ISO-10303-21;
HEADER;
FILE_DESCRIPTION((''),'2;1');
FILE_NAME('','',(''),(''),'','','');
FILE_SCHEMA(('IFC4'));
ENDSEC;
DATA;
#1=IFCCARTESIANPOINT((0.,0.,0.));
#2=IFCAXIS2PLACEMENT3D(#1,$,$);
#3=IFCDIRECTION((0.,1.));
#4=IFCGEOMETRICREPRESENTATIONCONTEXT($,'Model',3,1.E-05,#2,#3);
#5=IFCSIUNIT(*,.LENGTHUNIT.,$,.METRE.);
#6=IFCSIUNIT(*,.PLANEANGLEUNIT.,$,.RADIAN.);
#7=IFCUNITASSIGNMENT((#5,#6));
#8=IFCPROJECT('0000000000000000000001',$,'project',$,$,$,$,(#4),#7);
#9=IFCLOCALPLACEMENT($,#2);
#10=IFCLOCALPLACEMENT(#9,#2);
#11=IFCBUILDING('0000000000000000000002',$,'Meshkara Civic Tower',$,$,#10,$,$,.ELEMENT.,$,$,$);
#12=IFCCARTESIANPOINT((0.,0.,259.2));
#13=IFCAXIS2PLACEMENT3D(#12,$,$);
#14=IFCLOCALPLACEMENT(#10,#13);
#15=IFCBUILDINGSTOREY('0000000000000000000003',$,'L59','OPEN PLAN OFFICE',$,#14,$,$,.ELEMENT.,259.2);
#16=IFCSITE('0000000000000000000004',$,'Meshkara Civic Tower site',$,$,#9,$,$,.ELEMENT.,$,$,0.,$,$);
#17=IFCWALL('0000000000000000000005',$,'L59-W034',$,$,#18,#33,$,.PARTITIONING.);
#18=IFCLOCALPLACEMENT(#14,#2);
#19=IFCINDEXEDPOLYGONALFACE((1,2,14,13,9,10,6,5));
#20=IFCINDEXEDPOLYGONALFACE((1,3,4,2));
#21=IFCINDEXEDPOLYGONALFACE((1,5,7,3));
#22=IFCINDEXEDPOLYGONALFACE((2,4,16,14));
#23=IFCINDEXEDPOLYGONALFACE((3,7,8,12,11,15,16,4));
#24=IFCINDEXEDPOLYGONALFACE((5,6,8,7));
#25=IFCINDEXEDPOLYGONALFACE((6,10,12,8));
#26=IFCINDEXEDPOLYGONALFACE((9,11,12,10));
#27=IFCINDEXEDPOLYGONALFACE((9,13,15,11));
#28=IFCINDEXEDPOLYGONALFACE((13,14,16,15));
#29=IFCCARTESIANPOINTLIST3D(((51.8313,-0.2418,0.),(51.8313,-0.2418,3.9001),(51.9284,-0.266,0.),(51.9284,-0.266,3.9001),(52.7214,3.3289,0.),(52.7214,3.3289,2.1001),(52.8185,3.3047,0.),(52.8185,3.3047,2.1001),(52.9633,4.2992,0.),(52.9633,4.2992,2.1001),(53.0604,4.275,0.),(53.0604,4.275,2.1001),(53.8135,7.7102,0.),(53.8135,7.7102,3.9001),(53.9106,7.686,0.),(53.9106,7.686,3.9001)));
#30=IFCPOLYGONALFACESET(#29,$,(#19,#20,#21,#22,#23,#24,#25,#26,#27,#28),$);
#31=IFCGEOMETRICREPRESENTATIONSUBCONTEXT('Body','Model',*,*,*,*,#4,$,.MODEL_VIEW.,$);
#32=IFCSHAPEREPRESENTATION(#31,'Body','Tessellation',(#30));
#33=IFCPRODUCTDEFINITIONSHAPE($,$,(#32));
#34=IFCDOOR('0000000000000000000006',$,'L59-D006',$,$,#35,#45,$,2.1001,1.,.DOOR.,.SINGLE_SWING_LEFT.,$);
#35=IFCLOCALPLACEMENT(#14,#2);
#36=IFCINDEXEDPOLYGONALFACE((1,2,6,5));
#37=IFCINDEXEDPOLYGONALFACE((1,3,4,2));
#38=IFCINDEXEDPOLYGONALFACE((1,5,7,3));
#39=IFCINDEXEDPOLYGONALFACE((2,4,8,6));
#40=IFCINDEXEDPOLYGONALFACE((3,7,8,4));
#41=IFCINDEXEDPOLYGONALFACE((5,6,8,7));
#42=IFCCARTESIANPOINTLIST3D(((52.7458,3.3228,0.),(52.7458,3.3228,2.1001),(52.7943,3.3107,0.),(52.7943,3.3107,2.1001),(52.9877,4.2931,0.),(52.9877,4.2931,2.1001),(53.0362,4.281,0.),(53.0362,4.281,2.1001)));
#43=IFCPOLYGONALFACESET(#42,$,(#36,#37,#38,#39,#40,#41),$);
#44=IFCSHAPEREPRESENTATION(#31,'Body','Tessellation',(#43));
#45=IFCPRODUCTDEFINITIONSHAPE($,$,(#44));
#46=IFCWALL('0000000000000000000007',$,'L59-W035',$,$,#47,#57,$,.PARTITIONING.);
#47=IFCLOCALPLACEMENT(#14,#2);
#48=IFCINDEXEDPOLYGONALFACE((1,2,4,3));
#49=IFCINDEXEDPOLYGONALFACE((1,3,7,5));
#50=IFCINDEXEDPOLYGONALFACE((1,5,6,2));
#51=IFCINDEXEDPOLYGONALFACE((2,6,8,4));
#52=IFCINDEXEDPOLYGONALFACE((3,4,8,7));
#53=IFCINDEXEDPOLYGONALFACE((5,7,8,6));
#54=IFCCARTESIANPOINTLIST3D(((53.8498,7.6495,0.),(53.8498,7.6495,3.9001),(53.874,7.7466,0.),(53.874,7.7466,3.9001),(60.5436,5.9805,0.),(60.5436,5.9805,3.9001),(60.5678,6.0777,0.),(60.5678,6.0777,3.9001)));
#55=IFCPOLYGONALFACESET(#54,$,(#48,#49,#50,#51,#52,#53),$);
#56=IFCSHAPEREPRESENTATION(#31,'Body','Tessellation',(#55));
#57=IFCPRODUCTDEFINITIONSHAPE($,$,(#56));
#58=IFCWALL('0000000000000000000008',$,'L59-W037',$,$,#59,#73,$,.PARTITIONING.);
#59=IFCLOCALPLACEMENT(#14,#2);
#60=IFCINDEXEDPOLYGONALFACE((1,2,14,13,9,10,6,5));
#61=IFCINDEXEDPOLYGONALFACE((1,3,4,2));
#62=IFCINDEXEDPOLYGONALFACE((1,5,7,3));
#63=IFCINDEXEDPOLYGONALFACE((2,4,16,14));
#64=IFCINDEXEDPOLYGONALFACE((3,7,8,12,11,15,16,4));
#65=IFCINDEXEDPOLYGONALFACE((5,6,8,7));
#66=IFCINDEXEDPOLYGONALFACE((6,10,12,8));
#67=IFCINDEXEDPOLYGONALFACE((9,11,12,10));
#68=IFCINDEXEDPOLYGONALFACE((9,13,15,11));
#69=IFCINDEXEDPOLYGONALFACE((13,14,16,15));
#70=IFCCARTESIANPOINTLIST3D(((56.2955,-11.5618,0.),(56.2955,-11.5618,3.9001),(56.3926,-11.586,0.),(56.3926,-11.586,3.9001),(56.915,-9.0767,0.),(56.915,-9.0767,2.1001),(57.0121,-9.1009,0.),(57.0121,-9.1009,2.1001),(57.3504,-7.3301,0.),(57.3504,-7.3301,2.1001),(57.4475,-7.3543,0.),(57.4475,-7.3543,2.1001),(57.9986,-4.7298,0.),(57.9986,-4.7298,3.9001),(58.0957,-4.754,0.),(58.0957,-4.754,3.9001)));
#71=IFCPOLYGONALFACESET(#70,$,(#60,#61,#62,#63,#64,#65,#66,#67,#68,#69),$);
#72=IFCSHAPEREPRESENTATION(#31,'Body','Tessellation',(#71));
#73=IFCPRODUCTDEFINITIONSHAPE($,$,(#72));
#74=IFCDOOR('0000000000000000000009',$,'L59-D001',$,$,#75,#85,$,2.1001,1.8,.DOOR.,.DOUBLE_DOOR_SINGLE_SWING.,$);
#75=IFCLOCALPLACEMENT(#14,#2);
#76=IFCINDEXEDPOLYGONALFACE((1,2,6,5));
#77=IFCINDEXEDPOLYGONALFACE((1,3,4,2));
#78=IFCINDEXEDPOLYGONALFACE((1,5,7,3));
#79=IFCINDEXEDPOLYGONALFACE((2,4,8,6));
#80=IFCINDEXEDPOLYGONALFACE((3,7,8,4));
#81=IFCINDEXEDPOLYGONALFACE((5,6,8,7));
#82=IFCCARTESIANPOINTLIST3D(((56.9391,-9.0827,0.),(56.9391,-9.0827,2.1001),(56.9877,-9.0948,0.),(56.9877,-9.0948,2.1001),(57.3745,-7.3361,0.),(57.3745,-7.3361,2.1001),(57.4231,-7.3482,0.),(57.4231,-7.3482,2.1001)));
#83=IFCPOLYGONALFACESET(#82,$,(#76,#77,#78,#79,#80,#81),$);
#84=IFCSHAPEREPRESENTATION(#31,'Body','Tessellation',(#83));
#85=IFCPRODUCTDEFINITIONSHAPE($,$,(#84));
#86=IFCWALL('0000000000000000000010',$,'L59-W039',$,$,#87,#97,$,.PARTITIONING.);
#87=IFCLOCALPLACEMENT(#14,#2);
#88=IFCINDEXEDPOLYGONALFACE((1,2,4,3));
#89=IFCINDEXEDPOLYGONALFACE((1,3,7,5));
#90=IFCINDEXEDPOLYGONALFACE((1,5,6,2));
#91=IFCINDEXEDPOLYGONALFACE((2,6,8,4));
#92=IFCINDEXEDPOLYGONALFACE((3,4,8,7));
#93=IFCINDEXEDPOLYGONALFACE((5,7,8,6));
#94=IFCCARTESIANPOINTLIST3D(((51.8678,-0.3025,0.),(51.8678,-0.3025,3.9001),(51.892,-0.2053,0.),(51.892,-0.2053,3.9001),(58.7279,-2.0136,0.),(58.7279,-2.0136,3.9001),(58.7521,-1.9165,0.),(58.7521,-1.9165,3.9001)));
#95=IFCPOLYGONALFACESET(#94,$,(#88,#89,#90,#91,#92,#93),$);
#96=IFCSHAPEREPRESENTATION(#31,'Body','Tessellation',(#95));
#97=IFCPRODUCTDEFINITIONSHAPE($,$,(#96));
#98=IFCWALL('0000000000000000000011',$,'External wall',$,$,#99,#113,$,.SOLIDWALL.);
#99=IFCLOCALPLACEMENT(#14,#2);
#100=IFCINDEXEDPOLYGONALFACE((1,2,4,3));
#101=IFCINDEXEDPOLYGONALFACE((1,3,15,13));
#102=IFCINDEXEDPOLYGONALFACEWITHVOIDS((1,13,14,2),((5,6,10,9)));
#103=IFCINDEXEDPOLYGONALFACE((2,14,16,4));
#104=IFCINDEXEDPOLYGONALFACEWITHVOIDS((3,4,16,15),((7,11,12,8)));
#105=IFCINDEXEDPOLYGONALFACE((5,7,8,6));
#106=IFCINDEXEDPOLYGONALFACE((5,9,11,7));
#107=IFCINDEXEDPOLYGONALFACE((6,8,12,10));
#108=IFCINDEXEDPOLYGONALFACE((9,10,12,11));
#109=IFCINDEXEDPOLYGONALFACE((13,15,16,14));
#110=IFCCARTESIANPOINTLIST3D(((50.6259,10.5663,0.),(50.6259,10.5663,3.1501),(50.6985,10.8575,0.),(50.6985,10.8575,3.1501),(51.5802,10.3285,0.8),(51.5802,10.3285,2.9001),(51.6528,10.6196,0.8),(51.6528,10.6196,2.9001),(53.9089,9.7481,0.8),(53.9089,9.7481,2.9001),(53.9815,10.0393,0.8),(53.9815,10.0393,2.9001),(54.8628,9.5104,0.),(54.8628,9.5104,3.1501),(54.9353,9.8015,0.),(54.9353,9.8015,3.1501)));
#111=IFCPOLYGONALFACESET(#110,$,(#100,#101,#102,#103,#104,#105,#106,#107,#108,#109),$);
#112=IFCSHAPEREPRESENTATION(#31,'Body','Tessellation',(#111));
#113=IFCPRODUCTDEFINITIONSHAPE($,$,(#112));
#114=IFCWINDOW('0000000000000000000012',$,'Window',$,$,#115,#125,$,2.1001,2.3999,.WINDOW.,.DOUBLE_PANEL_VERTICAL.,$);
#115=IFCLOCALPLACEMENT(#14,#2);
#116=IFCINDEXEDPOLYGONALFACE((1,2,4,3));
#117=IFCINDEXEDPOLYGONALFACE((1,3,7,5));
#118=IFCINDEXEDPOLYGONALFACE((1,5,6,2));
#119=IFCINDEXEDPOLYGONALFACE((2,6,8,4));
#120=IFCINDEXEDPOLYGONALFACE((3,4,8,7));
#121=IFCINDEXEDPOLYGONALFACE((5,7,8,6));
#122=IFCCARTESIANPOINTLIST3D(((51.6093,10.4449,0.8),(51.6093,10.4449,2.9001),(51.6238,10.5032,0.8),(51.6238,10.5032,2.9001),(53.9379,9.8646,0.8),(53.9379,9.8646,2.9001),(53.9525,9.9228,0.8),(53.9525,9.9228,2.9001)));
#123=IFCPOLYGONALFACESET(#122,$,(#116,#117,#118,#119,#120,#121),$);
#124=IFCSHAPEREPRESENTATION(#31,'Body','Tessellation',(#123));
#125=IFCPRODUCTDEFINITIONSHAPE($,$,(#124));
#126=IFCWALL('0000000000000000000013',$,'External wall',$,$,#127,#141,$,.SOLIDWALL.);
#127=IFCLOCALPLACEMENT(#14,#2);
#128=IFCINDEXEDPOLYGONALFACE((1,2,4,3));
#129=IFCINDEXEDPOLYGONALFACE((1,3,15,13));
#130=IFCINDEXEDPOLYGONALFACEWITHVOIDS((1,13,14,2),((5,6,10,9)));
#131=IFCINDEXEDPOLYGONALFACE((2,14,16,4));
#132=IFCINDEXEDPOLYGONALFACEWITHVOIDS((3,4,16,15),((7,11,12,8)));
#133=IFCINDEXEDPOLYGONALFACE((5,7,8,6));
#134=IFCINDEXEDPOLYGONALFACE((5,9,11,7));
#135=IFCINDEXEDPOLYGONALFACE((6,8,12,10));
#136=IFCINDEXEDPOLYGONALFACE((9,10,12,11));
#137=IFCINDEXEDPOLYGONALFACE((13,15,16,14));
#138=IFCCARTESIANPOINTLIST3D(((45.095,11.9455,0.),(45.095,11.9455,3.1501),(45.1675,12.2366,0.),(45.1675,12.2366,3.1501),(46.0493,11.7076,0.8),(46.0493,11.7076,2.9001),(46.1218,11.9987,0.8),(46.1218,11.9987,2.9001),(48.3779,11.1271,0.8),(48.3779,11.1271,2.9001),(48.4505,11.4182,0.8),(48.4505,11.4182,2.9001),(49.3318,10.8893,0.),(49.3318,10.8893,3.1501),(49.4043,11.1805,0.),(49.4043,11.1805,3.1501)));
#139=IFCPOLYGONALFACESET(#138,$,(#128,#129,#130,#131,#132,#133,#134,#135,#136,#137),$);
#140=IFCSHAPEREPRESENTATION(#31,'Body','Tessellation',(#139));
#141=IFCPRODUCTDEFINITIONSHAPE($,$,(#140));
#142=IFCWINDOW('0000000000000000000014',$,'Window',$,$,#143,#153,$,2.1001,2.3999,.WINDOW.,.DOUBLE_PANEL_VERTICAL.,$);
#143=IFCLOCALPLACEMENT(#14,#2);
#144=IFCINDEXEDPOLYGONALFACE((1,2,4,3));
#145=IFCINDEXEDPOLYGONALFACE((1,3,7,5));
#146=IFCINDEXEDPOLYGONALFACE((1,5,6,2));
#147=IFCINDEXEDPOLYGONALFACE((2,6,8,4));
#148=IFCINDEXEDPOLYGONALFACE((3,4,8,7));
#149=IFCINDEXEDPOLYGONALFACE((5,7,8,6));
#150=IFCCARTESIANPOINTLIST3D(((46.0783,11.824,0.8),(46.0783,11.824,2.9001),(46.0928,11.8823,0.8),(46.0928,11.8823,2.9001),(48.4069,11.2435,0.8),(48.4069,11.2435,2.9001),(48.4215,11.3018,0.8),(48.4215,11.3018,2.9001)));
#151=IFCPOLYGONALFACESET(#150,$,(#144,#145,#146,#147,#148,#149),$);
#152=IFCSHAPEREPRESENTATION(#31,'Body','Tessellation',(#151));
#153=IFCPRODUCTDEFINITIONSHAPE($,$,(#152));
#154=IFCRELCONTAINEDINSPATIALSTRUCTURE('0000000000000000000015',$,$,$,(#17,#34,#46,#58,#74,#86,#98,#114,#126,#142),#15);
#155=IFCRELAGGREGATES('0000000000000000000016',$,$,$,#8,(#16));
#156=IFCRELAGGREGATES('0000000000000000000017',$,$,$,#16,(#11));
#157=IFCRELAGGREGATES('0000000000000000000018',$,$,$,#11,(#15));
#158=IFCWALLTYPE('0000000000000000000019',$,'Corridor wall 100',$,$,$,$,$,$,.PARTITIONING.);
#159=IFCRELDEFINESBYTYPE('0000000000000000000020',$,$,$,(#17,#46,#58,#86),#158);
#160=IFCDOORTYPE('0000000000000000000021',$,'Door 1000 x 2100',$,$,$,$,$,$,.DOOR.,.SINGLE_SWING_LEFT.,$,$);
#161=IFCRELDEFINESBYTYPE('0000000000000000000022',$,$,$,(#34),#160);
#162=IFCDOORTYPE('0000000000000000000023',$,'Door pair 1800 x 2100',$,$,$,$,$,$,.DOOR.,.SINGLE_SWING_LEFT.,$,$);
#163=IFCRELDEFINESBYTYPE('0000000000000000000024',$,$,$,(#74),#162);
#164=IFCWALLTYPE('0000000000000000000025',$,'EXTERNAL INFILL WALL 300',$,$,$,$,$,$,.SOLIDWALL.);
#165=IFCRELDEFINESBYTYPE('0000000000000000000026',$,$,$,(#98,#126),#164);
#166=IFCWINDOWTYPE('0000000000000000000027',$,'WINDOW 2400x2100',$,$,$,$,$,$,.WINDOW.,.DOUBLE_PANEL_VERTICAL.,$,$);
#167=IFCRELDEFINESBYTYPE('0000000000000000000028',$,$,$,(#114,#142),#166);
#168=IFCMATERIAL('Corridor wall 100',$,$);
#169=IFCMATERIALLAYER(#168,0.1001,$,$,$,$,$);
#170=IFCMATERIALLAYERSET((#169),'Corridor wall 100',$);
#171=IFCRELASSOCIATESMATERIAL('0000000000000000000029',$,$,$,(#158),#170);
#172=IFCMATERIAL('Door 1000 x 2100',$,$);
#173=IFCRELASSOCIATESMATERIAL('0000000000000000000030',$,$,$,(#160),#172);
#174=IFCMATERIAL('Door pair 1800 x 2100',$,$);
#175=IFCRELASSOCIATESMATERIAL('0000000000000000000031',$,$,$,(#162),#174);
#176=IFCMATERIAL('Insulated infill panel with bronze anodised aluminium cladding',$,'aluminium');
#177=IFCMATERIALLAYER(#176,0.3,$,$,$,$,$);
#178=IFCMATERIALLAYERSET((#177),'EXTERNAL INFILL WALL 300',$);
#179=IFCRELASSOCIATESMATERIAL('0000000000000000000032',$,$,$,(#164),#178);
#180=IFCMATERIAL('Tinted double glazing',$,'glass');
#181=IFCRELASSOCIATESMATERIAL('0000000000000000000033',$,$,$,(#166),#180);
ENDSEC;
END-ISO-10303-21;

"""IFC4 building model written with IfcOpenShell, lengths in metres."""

from ifc_helpers import new_model, si_unit, direction, frame, frame_2d, origin, place, context, subcontext, project, spatial, rectangle, extrude, material, layer, layer_set, type_object, element, fill, save


model = new_model("IFC4")

# Units and contexts
model_context = context("Model", 3, precision=1e-05, world=origin(), true_north=direction((0.0, 1.0)))
body_context = subcontext(model_context, "Body", "Model", "MODEL_VIEW")
ifc_project = project(units=[si_unit("LENGTHUNIT", "METRE"), si_unit("PLANEANGLEUNIT", "RADIAN")], contexts=[model_context])

# Site, building, storey
site_placement = place(None, origin())
site = spatial("IfcSite", under=ifc_project, at=site_placement, Name="Meshkara Civic Tower site", CompositionType="ELEMENT", RefElevation=0.0)
building_placement = place(site_placement, origin())
building = spatial("IfcBuilding", under=site, at=building_placement, Name="Meshkara Civic Tower", CompositionType="ELEMENT")
storey_placement = place(building_placement, frame((0.0, 0.0, 259.2)))
storey = spatial("IfcBuildingStorey", under=building, at=storey_placement, Name="L59", Description="OPEN PLAN OFFICE", CompositionType="ELEMENT", Elevation=259.2)

# Shared definitions
ifc_material_1 = material(Name="Corridor wall 100")
ifc_layer_1 = layer(ifc_material_1, 0.1001)
ifc_layer_set_1 = layer_set([ifc_layer_1], Name="Corridor wall 100")
wall_type_1 = type_object("IfcWallType", Name="Corridor wall 100", PredefinedType="PARTITIONING", material=ifc_layer_set_1)

# Wall, opening, door
ifc_material_2 = material(Name="Door 1000 x 2100")
door_type_1 = type_object("IfcDoorType", Name="Door 1000 x 2100", OperationType="SINGLE_SWING_LEFT", PredefinedType="DOOR", material=ifc_material_2)
wall_1_placement = place(storey_placement, frame((51.8799, -0.2539, 0.0), z_axis=(0.0, 0.0, 1.0), x_axis=(0.24187, 0.970309, 0.0)))
wall_1 = element("IfcWall", 1, at=wall_1_placement, inside=storey, type_object=wall_type_1, Name="L59-W034", PredefinedType="PARTITIONING", context=body_context, shape_type="SweptSolid", body=[
    extrude(rectangle(XDim=8.1953, YDim=0.1001, at=frame_2d((4.0977, 0.0))), origin(), (0.0, 0.0, 1.0), 3.9001),
])
opening_1_placement = place(wall_1_placement, frame((3.6799, 0.0, 0.0)))
opening_1 = element("IfcOpeningElement", 2, at=opening_1_placement, cuts=wall_1, PredefinedType="OPENING", context=body_context, shape_type="SweptSolid", body=[
    extrude(rectangle(XDim=1.0, YDim=2.1001, at=frame_2d((0.5, 1.05))), frame((0.0, 0.0601, 0.0), z_axis=(0.0, -1.0, 0.0), x_axis=(1.0, 0.0, 0.0)), (0.0, 0.0, 1.0), 0.1201),
])
door_1_placement = place(opening_1_placement, origin())
door_1 = element("IfcDoor", 3, at=door_1_placement, inside=storey, type_object=door_type_1, Name="L59-D006", OperationType="SINGLE_SWING_LEFT", OverallHeight=2.1001, OverallWidth=1.0, PredefinedType="DOOR", context=body_context, shape_type="SweptSolid", body=[
    extrude(rectangle(XDim=1.0, YDim=2.1001, at=frame_2d((0.5, 1.05))), frame((0.0, 0.0249, 0.0), z_axis=(0.0, -1.0, 0.0), x_axis=(1.0, 0.0, 0.0)), (0.0, 0.0, 1.0), 0.05),
])
fill(opening_1, door_1)

# Wall
wall_2_placement = place(storey_placement, frame((53.8621, 7.698, 0.0), z_axis=(0.0, 0.0, 1.0), x_axis=(0.970296, -0.241919, 0.0)))
element("IfcWall", 4, at=wall_2_placement, inside=storey, type_object=wall_type_1, Name="L59-W035", PredefinedType="PARTITIONING", context=body_context, shape_type="SweptSolid", body=[
    extrude(rectangle(XDim=6.8987, YDim=0.1001, at=frame_2d((3.4492, 0.0))), origin(), (0.0, 0.0, 1.0), 3.9001),
])

# Wall, opening, door
wall_3_placement = place(storey_placement, frame((58.0471, -4.7419, 0.0), z_axis=(0.0, 0.0, 1.0), x_axis=(-0.241883, -0.970305, 0.0)))
wall_3 = element("IfcWall", 5, at=wall_3_placement, inside=storey, type_object=wall_type_1, Name="L59-W037", PredefinedType="PARTITIONING", context=body_context, shape_type="SweptSolid", body=[
    extrude(rectangle(XDim=7.041, YDim=0.1001, at=frame_2d((3.5205, 0.0))), origin(), (0.0, 0.0, 1.0), 3.9001),
])
opening_2_placement = place(wall_3_placement, frame((2.6799, 0.0, 0.0)))
opening_2 = element("IfcOpeningElement", 6, at=opening_2_placement, cuts=wall_3, PredefinedType="OPENING", context=body_context, shape_type="SweptSolid", body=[
    extrude(rectangle(XDim=1.8, YDim=2.1001, at=frame_2d((0.8999, 1.05))), frame((0.0, 0.0601, 0.0), z_axis=(0.0, -1.0, 0.0), x_axis=(1.0, 0.0, 0.0)), (0.0, 0.0, 1.0), 0.1201),
])
ifc_material_3 = material(Name="Door pair 1800 x 2100")
door_type_2 = type_object("IfcDoorType", Name="Door pair 1800 x 2100", OperationType="SINGLE_SWING_LEFT", PredefinedType="DOOR", material=ifc_material_3)
door_2_placement = place(opening_2_placement, origin())
door_2 = element("IfcDoor", 7, at=door_2_placement, inside=storey, type_object=door_type_2, Name="L59-D001", OperationType="DOUBLE_DOOR_SINGLE_SWING", OverallHeight=2.1001, OverallWidth=1.8, PredefinedType="DOOR", context=body_context, shape_type="SweptSolid", body=[
    extrude(rectangle(XDim=1.8, YDim=2.1001, at=frame_2d((0.8999, 1.05))), frame((0.0, 0.0249, 0.0), z_axis=(0.0, -1.0, 0.0), x_axis=(1.0, 0.0, 0.0)), (0.0, 0.0, 1.0), 0.05),
])
fill(opening_2, door_2)

# Wall
wall_4_placement = place(storey_placement, frame((58.74, -1.9651, 0.0), z_axis=(0.0, 0.0, 1.0), x_axis=(-0.97027, 0.242024, 0.0)))
element("IfcWall", 8, at=wall_4_placement, inside=storey, type_object=wall_type_1, Name="L59-W039", PredefinedType="PARTITIONING", context=body_context, shape_type="SweptSolid", body=[
    extrude(rectangle(XDim=7.0703, YDim=0.1001, at=frame_2d((3.5352, 0.0))), origin(), (0.0, 0.0, 1.0), 3.9001),
])

# Walls, openings, windows
ifc_material_4 = material(Name="Insulated infill panel with bronze anodised aluminium cladding", Category="aluminium")
ifc_layer_2 = layer(ifc_material_4, 0.3)
ifc_layer_set_2 = layer_set([ifc_layer_2], Name="EXTERNAL INFILL WALL 300")
wall_type_2 = type_object("IfcWallType", Name="EXTERNAL INFILL WALL 300", PredefinedType="SOLIDWALL", material=ifc_layer_set_2)
wall_5_placement = place(storey_placement, frame((54.8989, 9.656, 0.0), z_axis=(0.0, 0.0, 1.0), x_axis=(-0.97032, 0.241825, 0.0)))
wall_5 = element("IfcWall", 9, at=wall_5_placement, inside=storey, type_object=wall_type_2, Name="External wall", PredefinedType="SOLIDWALL", context=body_context, shape_type="SweptSolid", body=[
    extrude(rectangle(XDim=4.3665, YDim=0.3, at=frame_2d((2.1831, 0.0))), origin(), (0.0, 0.0, 1.0), 3.1501),
])
opening_3_placement = place(wall_5_placement, frame((0.9829, 0.0, 0.8)))
opening_3 = element("IfcOpeningElement", 10, at=opening_3_placement, cuts=wall_5, PredefinedType="OPENING", context=body_context, shape_type="SweptSolid", body=[
    extrude(rectangle(XDim=2.3999, YDim=2.1001, at=frame_2d((1.2, 1.05))), frame((0.0, 0.1599, 0.0), z_axis=(0.0, -1.0, 0.0), x_axis=(1.0, 0.0, 0.0)), (0.0, 0.0, 1.0), 0.3201),
])
ifc_material_5 = material(Name="Tinted double glazing", Category="glass")
window_type = type_object("IfcWindowType", Name="WINDOW 2400x2100", PartitioningType="DOUBLE_PANEL_VERTICAL", PredefinedType="WINDOW", material=ifc_material_5)
window_1_placement = place(opening_3_placement, origin())
window_1 = element("IfcWindow", 11, at=window_1_placement, inside=storey, type_object=window_type, Name="Window", OverallHeight=2.1001, OverallWidth=2.3999, PartitioningType="DOUBLE_PANEL_VERTICAL", PredefinedType="WINDOW", context=body_context, shape_type="SweptSolid", body=[
    extrude(rectangle(XDim=2.3999, YDim=2.1001, at=frame_2d((1.2, 1.05))), frame((0.0, 0.03, 0.0), z_axis=(0.0, -1.0, 0.0), x_axis=(1.0, 0.0, 0.0)), (0.0, 0.0, 1.0), 0.0601),
])
fill(opening_3, window_1)
wall_6_placement = place(storey_placement, frame((49.3679, 11.0349, 0.0), z_axis=(0.0, 0.0, 1.0), x_axis=(-0.970307, 0.241878, 0.0)))
wall_6 = element("IfcWall", 12, at=wall_6_placement, inside=storey, type_object=wall_type_2, Name="External wall", PredefinedType="SOLIDWALL", context=body_context, shape_type="SweptSolid", body=[
    extrude(rectangle(XDim=4.3665, YDim=0.3, at=frame_2d((2.1831, 0.0))), origin(), (0.0, 0.0, 1.0), 3.1501),
])
opening_4_placement = place(wall_6_placement, frame((0.9829, 0.0, 0.8)))
opening_4 = element("IfcOpeningElement", 13, at=opening_4_placement, cuts=wall_6, PredefinedType="OPENING", context=body_context, shape_type="SweptSolid", body=[
    extrude(rectangle(XDim=2.3999, YDim=2.1001, at=frame_2d((1.2, 1.05))), frame((0.0, 0.1599, 0.0), z_axis=(0.0, -1.0, 0.0), x_axis=(1.0, 0.0, 0.0)), (0.0, 0.0, 1.0), 0.3201),
])
window_2_placement = place(opening_4_placement, origin())
window_2 = element("IfcWindow", 14, at=window_2_placement, inside=storey, type_object=window_type, Name="Window", OverallHeight=2.1001, OverallWidth=2.3999, PartitioningType="DOUBLE_PANEL_VERTICAL", PredefinedType="WINDOW", context=body_context, shape_type="SweptSolid", body=[
    extrude(rectangle(XDim=2.3999, YDim=2.1001, at=frame_2d((1.2, 1.05))), frame((0.0, 0.03, 0.0), z_axis=(0.0, -1.0, 0.0), x_axis=(1.0, 0.0, 0.0)), (0.0, 0.0, 1.0), 0.0601),
])
fill(opening_4, window_2)

save(model, "model.ifc")
